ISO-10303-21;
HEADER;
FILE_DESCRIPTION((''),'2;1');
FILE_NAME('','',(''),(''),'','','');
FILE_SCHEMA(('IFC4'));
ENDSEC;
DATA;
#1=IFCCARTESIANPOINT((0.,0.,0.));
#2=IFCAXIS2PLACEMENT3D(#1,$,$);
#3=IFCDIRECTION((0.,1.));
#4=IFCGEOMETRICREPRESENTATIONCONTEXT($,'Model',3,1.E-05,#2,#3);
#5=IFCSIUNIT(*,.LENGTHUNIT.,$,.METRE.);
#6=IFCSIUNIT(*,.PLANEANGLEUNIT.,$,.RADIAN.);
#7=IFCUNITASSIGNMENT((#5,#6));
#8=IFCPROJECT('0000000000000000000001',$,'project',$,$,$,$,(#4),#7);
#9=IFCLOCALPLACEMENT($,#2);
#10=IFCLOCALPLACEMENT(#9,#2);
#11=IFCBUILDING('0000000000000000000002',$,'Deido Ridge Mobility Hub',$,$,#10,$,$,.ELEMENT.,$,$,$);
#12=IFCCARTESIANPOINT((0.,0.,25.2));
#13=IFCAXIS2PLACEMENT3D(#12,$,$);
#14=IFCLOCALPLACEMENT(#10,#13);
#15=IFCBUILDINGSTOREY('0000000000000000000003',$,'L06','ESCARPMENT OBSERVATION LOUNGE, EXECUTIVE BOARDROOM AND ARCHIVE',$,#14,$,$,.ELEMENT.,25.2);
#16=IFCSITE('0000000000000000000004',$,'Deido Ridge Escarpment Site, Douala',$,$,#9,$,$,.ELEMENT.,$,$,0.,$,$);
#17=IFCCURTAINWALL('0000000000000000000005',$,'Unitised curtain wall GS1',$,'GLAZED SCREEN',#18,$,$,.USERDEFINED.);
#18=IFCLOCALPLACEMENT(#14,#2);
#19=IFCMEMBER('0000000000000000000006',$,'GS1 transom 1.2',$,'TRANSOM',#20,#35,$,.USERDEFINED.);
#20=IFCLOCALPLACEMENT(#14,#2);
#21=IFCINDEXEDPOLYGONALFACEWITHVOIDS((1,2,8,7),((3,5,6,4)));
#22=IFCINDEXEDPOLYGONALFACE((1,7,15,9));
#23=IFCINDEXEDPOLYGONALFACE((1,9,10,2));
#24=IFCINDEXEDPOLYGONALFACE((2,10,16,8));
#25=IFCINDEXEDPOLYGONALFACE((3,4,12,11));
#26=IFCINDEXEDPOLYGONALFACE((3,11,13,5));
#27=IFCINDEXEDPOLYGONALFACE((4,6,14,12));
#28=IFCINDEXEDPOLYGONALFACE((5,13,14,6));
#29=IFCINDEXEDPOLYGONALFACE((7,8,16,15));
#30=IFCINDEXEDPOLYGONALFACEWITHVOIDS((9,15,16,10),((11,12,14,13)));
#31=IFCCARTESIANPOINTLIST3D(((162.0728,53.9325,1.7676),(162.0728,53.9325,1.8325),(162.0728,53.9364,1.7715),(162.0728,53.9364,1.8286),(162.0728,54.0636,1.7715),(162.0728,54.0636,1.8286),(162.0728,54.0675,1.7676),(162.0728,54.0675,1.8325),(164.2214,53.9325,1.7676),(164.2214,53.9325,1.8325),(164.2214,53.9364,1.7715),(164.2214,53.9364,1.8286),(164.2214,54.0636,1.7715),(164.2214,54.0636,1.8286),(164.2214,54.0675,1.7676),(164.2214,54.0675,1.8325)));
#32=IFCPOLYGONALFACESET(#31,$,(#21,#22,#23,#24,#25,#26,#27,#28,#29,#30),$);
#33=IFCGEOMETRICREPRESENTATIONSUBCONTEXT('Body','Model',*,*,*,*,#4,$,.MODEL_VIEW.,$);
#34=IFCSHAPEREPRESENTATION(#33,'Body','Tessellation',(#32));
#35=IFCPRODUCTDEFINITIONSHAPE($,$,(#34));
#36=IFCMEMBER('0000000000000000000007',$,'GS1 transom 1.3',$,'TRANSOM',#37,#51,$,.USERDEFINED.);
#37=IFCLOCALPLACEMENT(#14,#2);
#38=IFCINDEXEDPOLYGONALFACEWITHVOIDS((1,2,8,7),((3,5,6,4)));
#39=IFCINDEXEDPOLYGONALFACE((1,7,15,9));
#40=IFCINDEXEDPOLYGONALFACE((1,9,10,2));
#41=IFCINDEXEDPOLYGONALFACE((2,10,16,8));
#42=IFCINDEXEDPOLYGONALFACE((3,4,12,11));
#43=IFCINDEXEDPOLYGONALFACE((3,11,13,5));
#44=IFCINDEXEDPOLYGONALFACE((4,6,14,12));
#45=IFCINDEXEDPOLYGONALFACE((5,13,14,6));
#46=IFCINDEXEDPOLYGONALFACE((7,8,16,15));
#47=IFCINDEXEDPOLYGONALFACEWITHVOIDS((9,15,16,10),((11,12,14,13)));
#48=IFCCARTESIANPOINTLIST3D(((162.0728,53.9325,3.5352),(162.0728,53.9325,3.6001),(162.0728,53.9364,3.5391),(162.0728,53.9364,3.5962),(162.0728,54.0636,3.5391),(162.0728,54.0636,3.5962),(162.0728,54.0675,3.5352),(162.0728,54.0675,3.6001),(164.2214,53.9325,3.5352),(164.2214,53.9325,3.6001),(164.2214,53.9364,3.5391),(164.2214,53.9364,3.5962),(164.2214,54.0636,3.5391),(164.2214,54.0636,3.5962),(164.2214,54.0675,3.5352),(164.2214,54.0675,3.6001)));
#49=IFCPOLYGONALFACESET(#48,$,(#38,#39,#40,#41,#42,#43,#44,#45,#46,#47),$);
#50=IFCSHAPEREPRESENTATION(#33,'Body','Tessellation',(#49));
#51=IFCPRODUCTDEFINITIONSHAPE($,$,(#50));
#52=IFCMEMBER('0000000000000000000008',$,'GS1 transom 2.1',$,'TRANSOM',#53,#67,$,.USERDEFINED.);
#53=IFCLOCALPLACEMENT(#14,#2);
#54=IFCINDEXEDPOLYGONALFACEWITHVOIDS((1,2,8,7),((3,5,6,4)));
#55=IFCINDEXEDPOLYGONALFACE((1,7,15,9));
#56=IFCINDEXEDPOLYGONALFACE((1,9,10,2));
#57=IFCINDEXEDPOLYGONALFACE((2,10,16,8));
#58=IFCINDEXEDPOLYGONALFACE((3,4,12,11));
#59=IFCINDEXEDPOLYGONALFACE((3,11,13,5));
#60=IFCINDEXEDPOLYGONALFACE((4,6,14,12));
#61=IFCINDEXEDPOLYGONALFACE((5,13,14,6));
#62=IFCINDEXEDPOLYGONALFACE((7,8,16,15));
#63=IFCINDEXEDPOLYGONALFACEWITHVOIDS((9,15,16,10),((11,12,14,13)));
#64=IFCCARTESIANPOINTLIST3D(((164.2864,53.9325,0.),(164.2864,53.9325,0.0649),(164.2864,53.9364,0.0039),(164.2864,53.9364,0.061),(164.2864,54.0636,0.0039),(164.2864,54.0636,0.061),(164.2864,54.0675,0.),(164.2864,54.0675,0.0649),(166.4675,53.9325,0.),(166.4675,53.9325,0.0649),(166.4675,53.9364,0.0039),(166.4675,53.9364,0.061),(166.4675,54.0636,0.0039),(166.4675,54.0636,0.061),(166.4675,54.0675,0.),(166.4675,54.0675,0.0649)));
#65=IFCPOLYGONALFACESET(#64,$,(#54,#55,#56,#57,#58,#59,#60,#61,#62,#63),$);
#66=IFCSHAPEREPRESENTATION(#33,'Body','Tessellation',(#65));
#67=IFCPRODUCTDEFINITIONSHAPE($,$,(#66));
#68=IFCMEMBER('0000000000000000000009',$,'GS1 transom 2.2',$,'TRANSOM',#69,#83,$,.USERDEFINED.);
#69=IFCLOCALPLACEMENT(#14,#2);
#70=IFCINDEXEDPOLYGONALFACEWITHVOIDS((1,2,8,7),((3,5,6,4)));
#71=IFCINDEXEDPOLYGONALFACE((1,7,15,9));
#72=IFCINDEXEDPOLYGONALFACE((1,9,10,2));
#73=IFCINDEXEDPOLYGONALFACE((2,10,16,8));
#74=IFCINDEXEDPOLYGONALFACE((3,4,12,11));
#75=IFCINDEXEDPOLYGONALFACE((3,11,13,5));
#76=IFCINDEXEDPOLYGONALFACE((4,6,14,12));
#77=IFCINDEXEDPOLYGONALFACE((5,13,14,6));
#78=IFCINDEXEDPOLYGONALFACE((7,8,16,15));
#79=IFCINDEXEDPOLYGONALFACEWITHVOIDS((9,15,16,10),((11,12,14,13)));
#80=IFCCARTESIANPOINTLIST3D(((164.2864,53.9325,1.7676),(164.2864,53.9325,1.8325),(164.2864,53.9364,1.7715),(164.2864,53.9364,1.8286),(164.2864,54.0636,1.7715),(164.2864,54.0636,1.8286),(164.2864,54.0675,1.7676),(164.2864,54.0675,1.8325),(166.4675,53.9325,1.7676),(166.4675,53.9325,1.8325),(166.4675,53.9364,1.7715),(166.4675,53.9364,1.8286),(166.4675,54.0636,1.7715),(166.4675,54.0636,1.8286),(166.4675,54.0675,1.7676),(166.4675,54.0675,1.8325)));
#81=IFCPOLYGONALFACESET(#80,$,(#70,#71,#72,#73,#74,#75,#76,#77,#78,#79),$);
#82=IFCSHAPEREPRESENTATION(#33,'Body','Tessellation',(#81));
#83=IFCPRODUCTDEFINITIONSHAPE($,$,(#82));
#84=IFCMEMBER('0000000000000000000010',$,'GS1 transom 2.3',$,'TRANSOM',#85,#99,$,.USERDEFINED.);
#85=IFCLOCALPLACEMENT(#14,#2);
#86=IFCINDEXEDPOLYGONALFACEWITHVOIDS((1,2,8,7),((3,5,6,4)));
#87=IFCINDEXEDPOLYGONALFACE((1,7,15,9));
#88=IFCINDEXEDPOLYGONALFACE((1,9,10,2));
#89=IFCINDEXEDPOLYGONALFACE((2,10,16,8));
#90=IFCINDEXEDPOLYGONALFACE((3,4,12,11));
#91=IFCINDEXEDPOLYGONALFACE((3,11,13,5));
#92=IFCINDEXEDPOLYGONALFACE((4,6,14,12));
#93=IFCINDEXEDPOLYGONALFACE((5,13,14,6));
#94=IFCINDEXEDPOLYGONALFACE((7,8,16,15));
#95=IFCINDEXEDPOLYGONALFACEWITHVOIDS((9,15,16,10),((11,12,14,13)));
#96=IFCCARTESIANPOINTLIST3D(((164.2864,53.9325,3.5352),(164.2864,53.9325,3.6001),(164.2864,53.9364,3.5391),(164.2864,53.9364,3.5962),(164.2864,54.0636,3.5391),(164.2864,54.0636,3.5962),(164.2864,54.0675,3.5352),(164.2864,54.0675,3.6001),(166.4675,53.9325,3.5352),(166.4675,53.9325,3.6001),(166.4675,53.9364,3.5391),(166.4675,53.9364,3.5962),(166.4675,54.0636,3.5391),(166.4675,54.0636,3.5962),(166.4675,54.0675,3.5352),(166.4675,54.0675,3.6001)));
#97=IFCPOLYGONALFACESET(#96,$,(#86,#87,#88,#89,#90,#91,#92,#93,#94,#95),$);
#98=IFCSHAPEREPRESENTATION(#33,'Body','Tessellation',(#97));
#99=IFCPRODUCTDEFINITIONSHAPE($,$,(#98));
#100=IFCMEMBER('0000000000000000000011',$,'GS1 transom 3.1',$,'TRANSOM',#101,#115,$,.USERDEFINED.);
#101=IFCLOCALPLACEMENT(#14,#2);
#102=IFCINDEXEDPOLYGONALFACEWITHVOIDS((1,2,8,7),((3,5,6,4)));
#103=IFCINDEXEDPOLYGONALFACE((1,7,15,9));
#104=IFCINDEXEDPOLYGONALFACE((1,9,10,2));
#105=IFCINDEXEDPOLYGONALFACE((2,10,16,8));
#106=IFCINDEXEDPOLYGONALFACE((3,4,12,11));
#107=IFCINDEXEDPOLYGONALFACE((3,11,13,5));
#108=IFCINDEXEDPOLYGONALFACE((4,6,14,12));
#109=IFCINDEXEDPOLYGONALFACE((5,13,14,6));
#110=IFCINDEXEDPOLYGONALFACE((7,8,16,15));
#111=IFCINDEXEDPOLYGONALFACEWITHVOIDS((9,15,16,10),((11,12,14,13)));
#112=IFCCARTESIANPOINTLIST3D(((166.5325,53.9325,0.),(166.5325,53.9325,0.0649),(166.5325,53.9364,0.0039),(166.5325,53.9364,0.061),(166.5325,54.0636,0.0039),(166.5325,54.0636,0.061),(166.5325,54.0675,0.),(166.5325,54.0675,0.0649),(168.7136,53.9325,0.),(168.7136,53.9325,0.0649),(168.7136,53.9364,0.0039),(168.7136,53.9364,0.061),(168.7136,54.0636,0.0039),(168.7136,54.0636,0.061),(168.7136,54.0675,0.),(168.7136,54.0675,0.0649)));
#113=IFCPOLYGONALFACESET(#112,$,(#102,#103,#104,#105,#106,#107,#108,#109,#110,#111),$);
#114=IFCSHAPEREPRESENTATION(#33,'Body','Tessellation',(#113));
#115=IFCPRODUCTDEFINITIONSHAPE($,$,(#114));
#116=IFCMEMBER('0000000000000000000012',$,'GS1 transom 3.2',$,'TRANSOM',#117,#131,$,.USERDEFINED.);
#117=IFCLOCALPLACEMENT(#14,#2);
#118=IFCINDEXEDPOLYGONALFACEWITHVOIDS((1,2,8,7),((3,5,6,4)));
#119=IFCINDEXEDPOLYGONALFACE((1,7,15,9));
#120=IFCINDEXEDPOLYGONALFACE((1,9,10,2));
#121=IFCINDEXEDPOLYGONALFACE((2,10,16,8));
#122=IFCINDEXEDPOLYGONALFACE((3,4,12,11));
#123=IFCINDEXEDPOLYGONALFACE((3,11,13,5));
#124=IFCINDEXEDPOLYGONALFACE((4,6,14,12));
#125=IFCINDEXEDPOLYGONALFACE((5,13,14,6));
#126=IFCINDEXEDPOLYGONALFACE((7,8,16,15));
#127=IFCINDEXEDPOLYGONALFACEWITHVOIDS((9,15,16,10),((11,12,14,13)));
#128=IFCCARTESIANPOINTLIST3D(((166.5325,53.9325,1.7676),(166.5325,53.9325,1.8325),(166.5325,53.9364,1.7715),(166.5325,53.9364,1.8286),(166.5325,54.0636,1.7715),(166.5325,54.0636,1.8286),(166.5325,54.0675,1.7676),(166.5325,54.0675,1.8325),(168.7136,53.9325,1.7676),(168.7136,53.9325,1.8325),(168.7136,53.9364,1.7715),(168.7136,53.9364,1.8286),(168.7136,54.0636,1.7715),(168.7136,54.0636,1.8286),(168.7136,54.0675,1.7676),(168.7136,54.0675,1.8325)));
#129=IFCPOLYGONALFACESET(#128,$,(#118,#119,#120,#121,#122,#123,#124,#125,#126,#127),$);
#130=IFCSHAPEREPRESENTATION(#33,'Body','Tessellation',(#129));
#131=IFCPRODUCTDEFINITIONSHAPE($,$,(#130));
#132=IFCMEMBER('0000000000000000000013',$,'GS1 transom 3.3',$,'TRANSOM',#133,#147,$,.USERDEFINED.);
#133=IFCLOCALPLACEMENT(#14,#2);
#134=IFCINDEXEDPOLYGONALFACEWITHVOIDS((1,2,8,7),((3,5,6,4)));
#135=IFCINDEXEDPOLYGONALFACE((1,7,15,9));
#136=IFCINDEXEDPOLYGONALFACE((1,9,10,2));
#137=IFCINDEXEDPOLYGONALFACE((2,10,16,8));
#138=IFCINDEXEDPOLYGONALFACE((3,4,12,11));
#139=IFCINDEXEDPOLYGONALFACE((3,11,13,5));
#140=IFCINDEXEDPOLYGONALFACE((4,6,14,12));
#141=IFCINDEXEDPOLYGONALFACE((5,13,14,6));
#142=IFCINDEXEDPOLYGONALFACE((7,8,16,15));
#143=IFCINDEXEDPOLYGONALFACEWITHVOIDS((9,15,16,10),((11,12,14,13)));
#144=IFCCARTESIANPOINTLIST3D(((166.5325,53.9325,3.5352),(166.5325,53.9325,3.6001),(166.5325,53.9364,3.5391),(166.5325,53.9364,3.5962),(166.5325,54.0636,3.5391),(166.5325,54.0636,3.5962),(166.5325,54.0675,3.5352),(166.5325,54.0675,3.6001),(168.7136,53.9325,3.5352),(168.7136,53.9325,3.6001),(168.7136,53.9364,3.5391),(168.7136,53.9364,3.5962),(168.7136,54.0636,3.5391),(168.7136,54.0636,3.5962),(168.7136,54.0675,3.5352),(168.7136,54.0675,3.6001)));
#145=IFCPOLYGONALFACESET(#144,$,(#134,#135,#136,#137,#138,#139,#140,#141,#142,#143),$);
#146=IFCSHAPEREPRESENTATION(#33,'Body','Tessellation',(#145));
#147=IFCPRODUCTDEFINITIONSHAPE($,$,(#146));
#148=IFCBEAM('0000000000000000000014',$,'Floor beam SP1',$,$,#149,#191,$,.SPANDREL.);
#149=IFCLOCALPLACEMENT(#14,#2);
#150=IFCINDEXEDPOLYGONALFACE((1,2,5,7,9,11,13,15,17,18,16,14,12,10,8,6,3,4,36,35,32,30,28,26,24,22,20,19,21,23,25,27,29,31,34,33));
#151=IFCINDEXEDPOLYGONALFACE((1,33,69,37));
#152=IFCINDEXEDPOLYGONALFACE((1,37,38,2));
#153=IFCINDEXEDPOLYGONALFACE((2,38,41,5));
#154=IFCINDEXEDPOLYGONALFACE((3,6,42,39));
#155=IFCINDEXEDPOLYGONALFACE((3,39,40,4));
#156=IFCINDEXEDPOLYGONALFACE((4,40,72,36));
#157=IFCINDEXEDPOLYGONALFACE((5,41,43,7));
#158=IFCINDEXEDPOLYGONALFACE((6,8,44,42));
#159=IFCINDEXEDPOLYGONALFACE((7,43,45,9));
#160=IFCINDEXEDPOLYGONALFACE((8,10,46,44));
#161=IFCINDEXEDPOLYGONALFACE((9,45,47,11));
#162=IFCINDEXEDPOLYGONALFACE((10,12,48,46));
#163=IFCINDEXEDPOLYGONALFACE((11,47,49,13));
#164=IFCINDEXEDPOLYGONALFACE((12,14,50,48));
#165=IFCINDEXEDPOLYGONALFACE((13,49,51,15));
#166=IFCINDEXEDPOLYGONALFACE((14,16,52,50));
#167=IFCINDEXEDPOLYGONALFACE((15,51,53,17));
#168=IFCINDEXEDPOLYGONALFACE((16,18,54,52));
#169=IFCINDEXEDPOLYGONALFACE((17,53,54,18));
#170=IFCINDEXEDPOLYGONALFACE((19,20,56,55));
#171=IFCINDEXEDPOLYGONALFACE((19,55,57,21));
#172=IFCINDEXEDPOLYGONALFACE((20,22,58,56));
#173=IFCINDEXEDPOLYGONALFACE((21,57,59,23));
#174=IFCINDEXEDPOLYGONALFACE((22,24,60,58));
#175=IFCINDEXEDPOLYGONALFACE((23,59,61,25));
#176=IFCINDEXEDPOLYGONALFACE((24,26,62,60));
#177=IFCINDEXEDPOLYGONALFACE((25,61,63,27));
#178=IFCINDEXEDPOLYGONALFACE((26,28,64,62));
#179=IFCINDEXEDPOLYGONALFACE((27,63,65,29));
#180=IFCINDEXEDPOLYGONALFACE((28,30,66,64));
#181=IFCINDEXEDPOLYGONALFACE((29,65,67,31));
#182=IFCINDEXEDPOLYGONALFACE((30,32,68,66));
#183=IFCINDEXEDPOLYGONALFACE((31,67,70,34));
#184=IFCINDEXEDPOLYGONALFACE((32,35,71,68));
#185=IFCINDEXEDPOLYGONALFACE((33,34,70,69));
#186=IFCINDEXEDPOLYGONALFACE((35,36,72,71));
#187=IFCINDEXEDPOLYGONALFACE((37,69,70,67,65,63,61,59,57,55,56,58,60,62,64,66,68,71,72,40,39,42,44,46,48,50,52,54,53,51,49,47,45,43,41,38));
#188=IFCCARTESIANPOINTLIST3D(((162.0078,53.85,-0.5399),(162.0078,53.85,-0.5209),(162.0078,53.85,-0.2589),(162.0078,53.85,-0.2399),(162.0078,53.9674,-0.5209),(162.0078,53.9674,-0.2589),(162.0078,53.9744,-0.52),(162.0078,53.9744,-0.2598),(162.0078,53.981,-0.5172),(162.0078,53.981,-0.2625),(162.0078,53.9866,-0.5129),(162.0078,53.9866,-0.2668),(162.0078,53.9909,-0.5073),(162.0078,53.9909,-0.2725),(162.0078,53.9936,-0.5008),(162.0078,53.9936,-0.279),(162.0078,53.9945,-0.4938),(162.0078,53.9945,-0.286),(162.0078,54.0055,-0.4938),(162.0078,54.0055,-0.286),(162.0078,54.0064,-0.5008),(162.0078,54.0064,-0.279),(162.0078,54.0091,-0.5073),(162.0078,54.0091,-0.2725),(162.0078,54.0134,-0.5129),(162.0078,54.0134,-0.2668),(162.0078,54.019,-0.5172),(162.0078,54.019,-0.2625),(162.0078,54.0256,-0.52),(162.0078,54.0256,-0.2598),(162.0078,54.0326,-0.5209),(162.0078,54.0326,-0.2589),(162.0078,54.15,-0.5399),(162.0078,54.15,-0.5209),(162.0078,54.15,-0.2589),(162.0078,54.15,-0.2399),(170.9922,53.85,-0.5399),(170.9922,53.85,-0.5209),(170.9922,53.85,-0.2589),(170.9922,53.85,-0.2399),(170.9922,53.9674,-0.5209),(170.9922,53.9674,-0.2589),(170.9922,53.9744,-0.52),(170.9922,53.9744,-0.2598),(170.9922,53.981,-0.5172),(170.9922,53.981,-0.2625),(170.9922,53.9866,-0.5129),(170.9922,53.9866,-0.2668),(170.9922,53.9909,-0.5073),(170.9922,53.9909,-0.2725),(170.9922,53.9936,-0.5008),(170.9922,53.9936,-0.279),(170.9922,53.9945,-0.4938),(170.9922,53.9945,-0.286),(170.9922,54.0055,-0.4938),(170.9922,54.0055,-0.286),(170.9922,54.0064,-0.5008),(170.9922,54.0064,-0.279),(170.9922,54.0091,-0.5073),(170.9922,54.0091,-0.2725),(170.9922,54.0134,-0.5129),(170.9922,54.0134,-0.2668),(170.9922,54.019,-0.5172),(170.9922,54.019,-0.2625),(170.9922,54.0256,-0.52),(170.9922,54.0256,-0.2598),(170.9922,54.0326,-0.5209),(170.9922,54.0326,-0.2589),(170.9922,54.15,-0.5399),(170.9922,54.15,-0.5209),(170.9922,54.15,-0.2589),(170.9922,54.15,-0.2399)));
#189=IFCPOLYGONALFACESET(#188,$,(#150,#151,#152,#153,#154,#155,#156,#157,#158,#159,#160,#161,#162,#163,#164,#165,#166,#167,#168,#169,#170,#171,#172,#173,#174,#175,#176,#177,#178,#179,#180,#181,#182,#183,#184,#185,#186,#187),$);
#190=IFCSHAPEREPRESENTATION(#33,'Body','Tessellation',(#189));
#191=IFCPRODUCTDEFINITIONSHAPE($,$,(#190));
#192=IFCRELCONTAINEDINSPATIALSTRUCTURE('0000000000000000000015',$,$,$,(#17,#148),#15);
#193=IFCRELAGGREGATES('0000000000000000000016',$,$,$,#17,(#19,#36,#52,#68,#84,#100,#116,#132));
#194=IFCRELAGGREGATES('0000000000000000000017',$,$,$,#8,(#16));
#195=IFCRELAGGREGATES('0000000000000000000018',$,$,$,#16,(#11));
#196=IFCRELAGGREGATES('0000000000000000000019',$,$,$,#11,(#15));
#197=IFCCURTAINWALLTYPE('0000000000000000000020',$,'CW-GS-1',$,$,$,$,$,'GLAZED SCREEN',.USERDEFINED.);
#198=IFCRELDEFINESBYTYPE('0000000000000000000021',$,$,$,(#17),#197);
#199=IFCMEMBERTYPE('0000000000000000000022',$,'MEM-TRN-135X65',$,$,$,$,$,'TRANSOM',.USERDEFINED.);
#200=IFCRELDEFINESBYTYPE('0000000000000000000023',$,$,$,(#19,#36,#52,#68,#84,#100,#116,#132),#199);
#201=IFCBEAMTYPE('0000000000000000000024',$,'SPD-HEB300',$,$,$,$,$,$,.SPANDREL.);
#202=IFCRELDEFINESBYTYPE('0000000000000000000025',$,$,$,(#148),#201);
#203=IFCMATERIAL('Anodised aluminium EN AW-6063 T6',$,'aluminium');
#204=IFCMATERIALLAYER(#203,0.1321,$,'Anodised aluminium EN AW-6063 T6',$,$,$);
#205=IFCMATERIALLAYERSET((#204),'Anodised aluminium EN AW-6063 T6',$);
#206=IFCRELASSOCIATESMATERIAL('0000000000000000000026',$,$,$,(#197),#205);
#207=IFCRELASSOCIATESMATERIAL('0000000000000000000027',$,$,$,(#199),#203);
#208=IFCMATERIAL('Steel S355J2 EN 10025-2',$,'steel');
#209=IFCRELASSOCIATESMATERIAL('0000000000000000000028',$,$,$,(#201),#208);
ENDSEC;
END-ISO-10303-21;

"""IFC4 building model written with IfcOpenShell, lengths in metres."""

from ifc_helpers import new_model, si_unit, direction, frame, origin, origin_2d, place, context, subcontext, project, spatial, hollow_rectangle, i_section, extrude, material, layer, layer_set, material_profile, profile_set, type_object, element, aggregate, save


model = new_model("IFC4")

# Units and contexts
model_context = context("Model", 3, precision=1e-05, world=origin(), true_north=direction((0.0, 1.0)))
body_context = subcontext(model_context, "Body", "Model", "MODEL_VIEW")
ifc_project = project(units=[si_unit("LENGTHUNIT", "METRE"), si_unit("PLANEANGLEUNIT", "RADIAN")], contexts=[model_context])

# Site, building, storey
site_placement = place(None, origin())
site = spatial("IfcSite", under=ifc_project, at=site_placement, Name="Deido Ridge Escarpment Site, Douala", CompositionType="ELEMENT", RefElevation=0.0)
building_placement = place(site_placement, origin())
building = spatial("IfcBuilding", under=site, at=building_placement, Name="Deido Ridge Mobility Hub", CompositionType="ELEMENT")
storey_placement = place(building_placement, frame((0.0, 0.0, 25.2)))
storey = spatial("IfcBuildingStorey", under=building, at=storey_placement, Name="L06", Description="ESCARPMENT OBSERVATION LOUNGE, EXECUTIVE BOARDROOM AND ARCHIVE", CompositionType="ELEMENT", Elevation=25.2)

# Shared definitions
ifc_material_1 = material(Name="Steel S355J2 EN 10025-2", Category="steel")

# Curtain wall, members
ifc_material_2 = material(Name="Anodised aluminium EN AW-6063 T6", Category="aluminium")
ifc_layer_1 = layer(ifc_material_2, 0.1321, Name="Anodised aluminium EN AW-6063 T6")
ifc_layer_set_1 = layer_set([ifc_layer_1], Name="Anodised aluminium EN AW-6063 T6")
curtain_wall_type = type_object("IfcCurtainWallType", Name="CW-GS-1", ElementType="GLAZED SCREEN", PredefinedType="USERDEFINED", material=ifc_layer_set_1)
curtain_wall_placement = place(storey_placement, origin())
curtain_wall = element("IfcCurtainWall", 1, at=curtain_wall_placement, inside=storey, type_object=curtain_wall_type, Name="Unitised curtain wall GS1", ObjectType="GLAZED SCREEN", PredefinedType="USERDEFINED")
ifc_material_profile_1 = material_profile(ifc_material_2, hollow_rectangle(XDim=0.135, YDim=0.0649, WallThickness=0.0039, at=origin_2d()), Name="RHS 135x65x4")
ifc_profile_set_1 = profile_set([ifc_material_profile_1], Name="Anodised aluminium EN AW-6063 T6")
member_type_1 = type_object("IfcMemberType", Name="MEM-TRN-135X65", ElementType="TRANSOM", PredefinedType="USERDEFINED", material=ifc_profile_set_1)
member_1_placement = place(storey_placement, frame((162.0728, 54.0, 1.8), z_axis=(1.0, 0.0, 0.0), x_axis=(0.0, 1.0, 0.0)))
member_1 = element("IfcMember", 2, at=member_1_placement, type_object=member_type_1, Name="GS1 transom 1.2", ObjectType="TRANSOM", PredefinedType="USERDEFINED", context=body_context, shape_type="SweptSolid", body=[
    extrude(hollow_rectangle(XDim=0.135, YDim=0.0649, WallThickness=0.0039, at=origin_2d()), origin(), (0.0, 0.0, 1.0), 2.1487),
])
member_2_placement = place(storey_placement, frame((162.0728, 54.0, 3.5676), z_axis=(1.0, 0.0, 0.0), x_axis=(0.0, 1.0, 0.0)))
member_2 = element("IfcMember", 3, at=member_2_placement, type_object=member_type_1, Name="GS1 transom 1.3", ObjectType="TRANSOM", PredefinedType="USERDEFINED", context=body_context, shape_type="SweptSolid", body=[
    extrude(hollow_rectangle(XDim=0.135, YDim=0.0649, WallThickness=0.0039, at=origin_2d()), origin(), (0.0, 0.0, 1.0), 2.1487),
])
member_3_placement = place(storey_placement, frame((164.2864, 54.0, 0.0325), z_axis=(1.0, 0.0, 0.0), x_axis=(0.0, 1.0, 0.0)))
member_3 = element("IfcMember", 4, at=member_3_placement, type_object=member_type_1, Name="GS1 transom 2.1", ObjectType="TRANSOM", PredefinedType="USERDEFINED", context=body_context, shape_type="SweptSolid", body=[
    extrude(hollow_rectangle(XDim=0.135, YDim=0.0649, WallThickness=0.0039, at=origin_2d()), origin(), (0.0, 0.0, 1.0), 2.1812),
])
member_4_placement = place(storey_placement, frame((164.2864, 54.0, 1.8), z_axis=(1.0, 0.0, 0.0), x_axis=(0.0, 1.0, 0.0)))
member_4 = element("IfcMember", 5, at=member_4_placement, type_object=member_type_1, Name="GS1 transom 2.2", ObjectType="TRANSOM", PredefinedType="USERDEFINED", context=body_context, shape_type="SweptSolid", body=[
    extrude(hollow_rectangle(XDim=0.135, YDim=0.0649, WallThickness=0.0039, at=origin_2d()), origin(), (0.0, 0.0, 1.0), 2.1812),
])
member_5_placement = place(storey_placement, frame((164.2864, 54.0, 3.5676), z_axis=(1.0, 0.0, 0.0), x_axis=(0.0, 1.0, 0.0)))
member_5 = element("IfcMember", 6, at=member_5_placement, type_object=member_type_1, Name="GS1 transom 2.3", ObjectType="TRANSOM", PredefinedType="USERDEFINED", context=body_context, shape_type="SweptSolid", body=[
    extrude(hollow_rectangle(XDim=0.135, YDim=0.0649, WallThickness=0.0039, at=origin_2d()), origin(), (0.0, 0.0, 1.0), 2.1812),
])
member_6_placement = place(storey_placement, frame((166.5325, 54.0, 0.0325), z_axis=(1.0, 0.0, 0.0), x_axis=(0.0, 1.0, 0.0)))
member_6 = element("IfcMember", 7, at=member_6_placement, type_object=member_type_1, Name="GS1 transom 3.1", ObjectType="TRANSOM", PredefinedType="USERDEFINED", context=body_context, shape_type="SweptSolid", body=[
    extrude(hollow_rectangle(XDim=0.135, YDim=0.0649, WallThickness=0.0039, at=origin_2d()), origin(), (0.0, 0.0, 1.0), 2.1812),
])
member_7_placement = place(storey_placement, frame((166.5325, 54.0, 1.8), z_axis=(1.0, 0.0, 0.0), x_axis=(0.0, 1.0, 0.0)))
member_7 = element("IfcMember", 8, at=member_7_placement, type_object=member_type_1, Name="GS1 transom 3.2", ObjectType="TRANSOM", PredefinedType="USERDEFINED", context=body_context, shape_type="SweptSolid", body=[
    extrude(hollow_rectangle(XDim=0.135, YDim=0.0649, WallThickness=0.0039, at=origin_2d()), origin(), (0.0, 0.0, 1.0), 2.1812),
])
member_8_placement = place(storey_placement, frame((166.5325, 54.0, 3.5676), z_axis=(1.0, 0.0, 0.0), x_axis=(0.0, 1.0, 0.0)))
member_8 = element("IfcMember", 9, at=member_8_placement, type_object=member_type_1, Name="GS1 transom 3.3", ObjectType="TRANSOM", PredefinedType="USERDEFINED", context=body_context, shape_type="SweptSolid", body=[
    extrude(hollow_rectangle(XDim=0.135, YDim=0.0649, WallThickness=0.0039, at=origin_2d()), origin(), (0.0, 0.0, 1.0), 2.1812),
])

# Beam
ifc_material_profile_2 = material_profile(ifc_material_1, i_section(OverallWidth=0.3, OverallDepth=0.3, WebThickness=0.011, FlangeThickness=0.019, FilletRadius=0.0271, at=origin_2d()), Name="HEB 300")
ifc_profile_set_2 = profile_set([ifc_material_profile_2], Name="Steel S355J2 EN 10025-2")
beam_type_1 = type_object("IfcBeamType", Name="SPD-HEB300", PredefinedType="SPANDREL", material=ifc_profile_set_2)
beam_1_placement = place(storey_placement, frame((162.0078, 54.0, -0.3899), z_axis=(1.0, 0.0, 0.0), x_axis=(0.0, 1.0, 0.0)))
element("IfcBeam", 10, at=beam_1_placement, inside=storey, type_object=beam_type_1, Name="Floor beam SP1", PredefinedType="SPANDREL", context=body_context, shape_type="SweptSolid", body=[
    extrude(i_section(OverallWidth=0.3, OverallDepth=0.3, WebThickness=0.011, FlangeThickness=0.019, FilletRadius=0.0271, at=origin_2d()), origin(), (0.0, 0.0, 1.0), 8.9844),
])

aggregate(curtain_wall, [member_1, member_2, member_3, member_4, member_5, member_6, member_7, member_8])

save(model, "model.ifc")
